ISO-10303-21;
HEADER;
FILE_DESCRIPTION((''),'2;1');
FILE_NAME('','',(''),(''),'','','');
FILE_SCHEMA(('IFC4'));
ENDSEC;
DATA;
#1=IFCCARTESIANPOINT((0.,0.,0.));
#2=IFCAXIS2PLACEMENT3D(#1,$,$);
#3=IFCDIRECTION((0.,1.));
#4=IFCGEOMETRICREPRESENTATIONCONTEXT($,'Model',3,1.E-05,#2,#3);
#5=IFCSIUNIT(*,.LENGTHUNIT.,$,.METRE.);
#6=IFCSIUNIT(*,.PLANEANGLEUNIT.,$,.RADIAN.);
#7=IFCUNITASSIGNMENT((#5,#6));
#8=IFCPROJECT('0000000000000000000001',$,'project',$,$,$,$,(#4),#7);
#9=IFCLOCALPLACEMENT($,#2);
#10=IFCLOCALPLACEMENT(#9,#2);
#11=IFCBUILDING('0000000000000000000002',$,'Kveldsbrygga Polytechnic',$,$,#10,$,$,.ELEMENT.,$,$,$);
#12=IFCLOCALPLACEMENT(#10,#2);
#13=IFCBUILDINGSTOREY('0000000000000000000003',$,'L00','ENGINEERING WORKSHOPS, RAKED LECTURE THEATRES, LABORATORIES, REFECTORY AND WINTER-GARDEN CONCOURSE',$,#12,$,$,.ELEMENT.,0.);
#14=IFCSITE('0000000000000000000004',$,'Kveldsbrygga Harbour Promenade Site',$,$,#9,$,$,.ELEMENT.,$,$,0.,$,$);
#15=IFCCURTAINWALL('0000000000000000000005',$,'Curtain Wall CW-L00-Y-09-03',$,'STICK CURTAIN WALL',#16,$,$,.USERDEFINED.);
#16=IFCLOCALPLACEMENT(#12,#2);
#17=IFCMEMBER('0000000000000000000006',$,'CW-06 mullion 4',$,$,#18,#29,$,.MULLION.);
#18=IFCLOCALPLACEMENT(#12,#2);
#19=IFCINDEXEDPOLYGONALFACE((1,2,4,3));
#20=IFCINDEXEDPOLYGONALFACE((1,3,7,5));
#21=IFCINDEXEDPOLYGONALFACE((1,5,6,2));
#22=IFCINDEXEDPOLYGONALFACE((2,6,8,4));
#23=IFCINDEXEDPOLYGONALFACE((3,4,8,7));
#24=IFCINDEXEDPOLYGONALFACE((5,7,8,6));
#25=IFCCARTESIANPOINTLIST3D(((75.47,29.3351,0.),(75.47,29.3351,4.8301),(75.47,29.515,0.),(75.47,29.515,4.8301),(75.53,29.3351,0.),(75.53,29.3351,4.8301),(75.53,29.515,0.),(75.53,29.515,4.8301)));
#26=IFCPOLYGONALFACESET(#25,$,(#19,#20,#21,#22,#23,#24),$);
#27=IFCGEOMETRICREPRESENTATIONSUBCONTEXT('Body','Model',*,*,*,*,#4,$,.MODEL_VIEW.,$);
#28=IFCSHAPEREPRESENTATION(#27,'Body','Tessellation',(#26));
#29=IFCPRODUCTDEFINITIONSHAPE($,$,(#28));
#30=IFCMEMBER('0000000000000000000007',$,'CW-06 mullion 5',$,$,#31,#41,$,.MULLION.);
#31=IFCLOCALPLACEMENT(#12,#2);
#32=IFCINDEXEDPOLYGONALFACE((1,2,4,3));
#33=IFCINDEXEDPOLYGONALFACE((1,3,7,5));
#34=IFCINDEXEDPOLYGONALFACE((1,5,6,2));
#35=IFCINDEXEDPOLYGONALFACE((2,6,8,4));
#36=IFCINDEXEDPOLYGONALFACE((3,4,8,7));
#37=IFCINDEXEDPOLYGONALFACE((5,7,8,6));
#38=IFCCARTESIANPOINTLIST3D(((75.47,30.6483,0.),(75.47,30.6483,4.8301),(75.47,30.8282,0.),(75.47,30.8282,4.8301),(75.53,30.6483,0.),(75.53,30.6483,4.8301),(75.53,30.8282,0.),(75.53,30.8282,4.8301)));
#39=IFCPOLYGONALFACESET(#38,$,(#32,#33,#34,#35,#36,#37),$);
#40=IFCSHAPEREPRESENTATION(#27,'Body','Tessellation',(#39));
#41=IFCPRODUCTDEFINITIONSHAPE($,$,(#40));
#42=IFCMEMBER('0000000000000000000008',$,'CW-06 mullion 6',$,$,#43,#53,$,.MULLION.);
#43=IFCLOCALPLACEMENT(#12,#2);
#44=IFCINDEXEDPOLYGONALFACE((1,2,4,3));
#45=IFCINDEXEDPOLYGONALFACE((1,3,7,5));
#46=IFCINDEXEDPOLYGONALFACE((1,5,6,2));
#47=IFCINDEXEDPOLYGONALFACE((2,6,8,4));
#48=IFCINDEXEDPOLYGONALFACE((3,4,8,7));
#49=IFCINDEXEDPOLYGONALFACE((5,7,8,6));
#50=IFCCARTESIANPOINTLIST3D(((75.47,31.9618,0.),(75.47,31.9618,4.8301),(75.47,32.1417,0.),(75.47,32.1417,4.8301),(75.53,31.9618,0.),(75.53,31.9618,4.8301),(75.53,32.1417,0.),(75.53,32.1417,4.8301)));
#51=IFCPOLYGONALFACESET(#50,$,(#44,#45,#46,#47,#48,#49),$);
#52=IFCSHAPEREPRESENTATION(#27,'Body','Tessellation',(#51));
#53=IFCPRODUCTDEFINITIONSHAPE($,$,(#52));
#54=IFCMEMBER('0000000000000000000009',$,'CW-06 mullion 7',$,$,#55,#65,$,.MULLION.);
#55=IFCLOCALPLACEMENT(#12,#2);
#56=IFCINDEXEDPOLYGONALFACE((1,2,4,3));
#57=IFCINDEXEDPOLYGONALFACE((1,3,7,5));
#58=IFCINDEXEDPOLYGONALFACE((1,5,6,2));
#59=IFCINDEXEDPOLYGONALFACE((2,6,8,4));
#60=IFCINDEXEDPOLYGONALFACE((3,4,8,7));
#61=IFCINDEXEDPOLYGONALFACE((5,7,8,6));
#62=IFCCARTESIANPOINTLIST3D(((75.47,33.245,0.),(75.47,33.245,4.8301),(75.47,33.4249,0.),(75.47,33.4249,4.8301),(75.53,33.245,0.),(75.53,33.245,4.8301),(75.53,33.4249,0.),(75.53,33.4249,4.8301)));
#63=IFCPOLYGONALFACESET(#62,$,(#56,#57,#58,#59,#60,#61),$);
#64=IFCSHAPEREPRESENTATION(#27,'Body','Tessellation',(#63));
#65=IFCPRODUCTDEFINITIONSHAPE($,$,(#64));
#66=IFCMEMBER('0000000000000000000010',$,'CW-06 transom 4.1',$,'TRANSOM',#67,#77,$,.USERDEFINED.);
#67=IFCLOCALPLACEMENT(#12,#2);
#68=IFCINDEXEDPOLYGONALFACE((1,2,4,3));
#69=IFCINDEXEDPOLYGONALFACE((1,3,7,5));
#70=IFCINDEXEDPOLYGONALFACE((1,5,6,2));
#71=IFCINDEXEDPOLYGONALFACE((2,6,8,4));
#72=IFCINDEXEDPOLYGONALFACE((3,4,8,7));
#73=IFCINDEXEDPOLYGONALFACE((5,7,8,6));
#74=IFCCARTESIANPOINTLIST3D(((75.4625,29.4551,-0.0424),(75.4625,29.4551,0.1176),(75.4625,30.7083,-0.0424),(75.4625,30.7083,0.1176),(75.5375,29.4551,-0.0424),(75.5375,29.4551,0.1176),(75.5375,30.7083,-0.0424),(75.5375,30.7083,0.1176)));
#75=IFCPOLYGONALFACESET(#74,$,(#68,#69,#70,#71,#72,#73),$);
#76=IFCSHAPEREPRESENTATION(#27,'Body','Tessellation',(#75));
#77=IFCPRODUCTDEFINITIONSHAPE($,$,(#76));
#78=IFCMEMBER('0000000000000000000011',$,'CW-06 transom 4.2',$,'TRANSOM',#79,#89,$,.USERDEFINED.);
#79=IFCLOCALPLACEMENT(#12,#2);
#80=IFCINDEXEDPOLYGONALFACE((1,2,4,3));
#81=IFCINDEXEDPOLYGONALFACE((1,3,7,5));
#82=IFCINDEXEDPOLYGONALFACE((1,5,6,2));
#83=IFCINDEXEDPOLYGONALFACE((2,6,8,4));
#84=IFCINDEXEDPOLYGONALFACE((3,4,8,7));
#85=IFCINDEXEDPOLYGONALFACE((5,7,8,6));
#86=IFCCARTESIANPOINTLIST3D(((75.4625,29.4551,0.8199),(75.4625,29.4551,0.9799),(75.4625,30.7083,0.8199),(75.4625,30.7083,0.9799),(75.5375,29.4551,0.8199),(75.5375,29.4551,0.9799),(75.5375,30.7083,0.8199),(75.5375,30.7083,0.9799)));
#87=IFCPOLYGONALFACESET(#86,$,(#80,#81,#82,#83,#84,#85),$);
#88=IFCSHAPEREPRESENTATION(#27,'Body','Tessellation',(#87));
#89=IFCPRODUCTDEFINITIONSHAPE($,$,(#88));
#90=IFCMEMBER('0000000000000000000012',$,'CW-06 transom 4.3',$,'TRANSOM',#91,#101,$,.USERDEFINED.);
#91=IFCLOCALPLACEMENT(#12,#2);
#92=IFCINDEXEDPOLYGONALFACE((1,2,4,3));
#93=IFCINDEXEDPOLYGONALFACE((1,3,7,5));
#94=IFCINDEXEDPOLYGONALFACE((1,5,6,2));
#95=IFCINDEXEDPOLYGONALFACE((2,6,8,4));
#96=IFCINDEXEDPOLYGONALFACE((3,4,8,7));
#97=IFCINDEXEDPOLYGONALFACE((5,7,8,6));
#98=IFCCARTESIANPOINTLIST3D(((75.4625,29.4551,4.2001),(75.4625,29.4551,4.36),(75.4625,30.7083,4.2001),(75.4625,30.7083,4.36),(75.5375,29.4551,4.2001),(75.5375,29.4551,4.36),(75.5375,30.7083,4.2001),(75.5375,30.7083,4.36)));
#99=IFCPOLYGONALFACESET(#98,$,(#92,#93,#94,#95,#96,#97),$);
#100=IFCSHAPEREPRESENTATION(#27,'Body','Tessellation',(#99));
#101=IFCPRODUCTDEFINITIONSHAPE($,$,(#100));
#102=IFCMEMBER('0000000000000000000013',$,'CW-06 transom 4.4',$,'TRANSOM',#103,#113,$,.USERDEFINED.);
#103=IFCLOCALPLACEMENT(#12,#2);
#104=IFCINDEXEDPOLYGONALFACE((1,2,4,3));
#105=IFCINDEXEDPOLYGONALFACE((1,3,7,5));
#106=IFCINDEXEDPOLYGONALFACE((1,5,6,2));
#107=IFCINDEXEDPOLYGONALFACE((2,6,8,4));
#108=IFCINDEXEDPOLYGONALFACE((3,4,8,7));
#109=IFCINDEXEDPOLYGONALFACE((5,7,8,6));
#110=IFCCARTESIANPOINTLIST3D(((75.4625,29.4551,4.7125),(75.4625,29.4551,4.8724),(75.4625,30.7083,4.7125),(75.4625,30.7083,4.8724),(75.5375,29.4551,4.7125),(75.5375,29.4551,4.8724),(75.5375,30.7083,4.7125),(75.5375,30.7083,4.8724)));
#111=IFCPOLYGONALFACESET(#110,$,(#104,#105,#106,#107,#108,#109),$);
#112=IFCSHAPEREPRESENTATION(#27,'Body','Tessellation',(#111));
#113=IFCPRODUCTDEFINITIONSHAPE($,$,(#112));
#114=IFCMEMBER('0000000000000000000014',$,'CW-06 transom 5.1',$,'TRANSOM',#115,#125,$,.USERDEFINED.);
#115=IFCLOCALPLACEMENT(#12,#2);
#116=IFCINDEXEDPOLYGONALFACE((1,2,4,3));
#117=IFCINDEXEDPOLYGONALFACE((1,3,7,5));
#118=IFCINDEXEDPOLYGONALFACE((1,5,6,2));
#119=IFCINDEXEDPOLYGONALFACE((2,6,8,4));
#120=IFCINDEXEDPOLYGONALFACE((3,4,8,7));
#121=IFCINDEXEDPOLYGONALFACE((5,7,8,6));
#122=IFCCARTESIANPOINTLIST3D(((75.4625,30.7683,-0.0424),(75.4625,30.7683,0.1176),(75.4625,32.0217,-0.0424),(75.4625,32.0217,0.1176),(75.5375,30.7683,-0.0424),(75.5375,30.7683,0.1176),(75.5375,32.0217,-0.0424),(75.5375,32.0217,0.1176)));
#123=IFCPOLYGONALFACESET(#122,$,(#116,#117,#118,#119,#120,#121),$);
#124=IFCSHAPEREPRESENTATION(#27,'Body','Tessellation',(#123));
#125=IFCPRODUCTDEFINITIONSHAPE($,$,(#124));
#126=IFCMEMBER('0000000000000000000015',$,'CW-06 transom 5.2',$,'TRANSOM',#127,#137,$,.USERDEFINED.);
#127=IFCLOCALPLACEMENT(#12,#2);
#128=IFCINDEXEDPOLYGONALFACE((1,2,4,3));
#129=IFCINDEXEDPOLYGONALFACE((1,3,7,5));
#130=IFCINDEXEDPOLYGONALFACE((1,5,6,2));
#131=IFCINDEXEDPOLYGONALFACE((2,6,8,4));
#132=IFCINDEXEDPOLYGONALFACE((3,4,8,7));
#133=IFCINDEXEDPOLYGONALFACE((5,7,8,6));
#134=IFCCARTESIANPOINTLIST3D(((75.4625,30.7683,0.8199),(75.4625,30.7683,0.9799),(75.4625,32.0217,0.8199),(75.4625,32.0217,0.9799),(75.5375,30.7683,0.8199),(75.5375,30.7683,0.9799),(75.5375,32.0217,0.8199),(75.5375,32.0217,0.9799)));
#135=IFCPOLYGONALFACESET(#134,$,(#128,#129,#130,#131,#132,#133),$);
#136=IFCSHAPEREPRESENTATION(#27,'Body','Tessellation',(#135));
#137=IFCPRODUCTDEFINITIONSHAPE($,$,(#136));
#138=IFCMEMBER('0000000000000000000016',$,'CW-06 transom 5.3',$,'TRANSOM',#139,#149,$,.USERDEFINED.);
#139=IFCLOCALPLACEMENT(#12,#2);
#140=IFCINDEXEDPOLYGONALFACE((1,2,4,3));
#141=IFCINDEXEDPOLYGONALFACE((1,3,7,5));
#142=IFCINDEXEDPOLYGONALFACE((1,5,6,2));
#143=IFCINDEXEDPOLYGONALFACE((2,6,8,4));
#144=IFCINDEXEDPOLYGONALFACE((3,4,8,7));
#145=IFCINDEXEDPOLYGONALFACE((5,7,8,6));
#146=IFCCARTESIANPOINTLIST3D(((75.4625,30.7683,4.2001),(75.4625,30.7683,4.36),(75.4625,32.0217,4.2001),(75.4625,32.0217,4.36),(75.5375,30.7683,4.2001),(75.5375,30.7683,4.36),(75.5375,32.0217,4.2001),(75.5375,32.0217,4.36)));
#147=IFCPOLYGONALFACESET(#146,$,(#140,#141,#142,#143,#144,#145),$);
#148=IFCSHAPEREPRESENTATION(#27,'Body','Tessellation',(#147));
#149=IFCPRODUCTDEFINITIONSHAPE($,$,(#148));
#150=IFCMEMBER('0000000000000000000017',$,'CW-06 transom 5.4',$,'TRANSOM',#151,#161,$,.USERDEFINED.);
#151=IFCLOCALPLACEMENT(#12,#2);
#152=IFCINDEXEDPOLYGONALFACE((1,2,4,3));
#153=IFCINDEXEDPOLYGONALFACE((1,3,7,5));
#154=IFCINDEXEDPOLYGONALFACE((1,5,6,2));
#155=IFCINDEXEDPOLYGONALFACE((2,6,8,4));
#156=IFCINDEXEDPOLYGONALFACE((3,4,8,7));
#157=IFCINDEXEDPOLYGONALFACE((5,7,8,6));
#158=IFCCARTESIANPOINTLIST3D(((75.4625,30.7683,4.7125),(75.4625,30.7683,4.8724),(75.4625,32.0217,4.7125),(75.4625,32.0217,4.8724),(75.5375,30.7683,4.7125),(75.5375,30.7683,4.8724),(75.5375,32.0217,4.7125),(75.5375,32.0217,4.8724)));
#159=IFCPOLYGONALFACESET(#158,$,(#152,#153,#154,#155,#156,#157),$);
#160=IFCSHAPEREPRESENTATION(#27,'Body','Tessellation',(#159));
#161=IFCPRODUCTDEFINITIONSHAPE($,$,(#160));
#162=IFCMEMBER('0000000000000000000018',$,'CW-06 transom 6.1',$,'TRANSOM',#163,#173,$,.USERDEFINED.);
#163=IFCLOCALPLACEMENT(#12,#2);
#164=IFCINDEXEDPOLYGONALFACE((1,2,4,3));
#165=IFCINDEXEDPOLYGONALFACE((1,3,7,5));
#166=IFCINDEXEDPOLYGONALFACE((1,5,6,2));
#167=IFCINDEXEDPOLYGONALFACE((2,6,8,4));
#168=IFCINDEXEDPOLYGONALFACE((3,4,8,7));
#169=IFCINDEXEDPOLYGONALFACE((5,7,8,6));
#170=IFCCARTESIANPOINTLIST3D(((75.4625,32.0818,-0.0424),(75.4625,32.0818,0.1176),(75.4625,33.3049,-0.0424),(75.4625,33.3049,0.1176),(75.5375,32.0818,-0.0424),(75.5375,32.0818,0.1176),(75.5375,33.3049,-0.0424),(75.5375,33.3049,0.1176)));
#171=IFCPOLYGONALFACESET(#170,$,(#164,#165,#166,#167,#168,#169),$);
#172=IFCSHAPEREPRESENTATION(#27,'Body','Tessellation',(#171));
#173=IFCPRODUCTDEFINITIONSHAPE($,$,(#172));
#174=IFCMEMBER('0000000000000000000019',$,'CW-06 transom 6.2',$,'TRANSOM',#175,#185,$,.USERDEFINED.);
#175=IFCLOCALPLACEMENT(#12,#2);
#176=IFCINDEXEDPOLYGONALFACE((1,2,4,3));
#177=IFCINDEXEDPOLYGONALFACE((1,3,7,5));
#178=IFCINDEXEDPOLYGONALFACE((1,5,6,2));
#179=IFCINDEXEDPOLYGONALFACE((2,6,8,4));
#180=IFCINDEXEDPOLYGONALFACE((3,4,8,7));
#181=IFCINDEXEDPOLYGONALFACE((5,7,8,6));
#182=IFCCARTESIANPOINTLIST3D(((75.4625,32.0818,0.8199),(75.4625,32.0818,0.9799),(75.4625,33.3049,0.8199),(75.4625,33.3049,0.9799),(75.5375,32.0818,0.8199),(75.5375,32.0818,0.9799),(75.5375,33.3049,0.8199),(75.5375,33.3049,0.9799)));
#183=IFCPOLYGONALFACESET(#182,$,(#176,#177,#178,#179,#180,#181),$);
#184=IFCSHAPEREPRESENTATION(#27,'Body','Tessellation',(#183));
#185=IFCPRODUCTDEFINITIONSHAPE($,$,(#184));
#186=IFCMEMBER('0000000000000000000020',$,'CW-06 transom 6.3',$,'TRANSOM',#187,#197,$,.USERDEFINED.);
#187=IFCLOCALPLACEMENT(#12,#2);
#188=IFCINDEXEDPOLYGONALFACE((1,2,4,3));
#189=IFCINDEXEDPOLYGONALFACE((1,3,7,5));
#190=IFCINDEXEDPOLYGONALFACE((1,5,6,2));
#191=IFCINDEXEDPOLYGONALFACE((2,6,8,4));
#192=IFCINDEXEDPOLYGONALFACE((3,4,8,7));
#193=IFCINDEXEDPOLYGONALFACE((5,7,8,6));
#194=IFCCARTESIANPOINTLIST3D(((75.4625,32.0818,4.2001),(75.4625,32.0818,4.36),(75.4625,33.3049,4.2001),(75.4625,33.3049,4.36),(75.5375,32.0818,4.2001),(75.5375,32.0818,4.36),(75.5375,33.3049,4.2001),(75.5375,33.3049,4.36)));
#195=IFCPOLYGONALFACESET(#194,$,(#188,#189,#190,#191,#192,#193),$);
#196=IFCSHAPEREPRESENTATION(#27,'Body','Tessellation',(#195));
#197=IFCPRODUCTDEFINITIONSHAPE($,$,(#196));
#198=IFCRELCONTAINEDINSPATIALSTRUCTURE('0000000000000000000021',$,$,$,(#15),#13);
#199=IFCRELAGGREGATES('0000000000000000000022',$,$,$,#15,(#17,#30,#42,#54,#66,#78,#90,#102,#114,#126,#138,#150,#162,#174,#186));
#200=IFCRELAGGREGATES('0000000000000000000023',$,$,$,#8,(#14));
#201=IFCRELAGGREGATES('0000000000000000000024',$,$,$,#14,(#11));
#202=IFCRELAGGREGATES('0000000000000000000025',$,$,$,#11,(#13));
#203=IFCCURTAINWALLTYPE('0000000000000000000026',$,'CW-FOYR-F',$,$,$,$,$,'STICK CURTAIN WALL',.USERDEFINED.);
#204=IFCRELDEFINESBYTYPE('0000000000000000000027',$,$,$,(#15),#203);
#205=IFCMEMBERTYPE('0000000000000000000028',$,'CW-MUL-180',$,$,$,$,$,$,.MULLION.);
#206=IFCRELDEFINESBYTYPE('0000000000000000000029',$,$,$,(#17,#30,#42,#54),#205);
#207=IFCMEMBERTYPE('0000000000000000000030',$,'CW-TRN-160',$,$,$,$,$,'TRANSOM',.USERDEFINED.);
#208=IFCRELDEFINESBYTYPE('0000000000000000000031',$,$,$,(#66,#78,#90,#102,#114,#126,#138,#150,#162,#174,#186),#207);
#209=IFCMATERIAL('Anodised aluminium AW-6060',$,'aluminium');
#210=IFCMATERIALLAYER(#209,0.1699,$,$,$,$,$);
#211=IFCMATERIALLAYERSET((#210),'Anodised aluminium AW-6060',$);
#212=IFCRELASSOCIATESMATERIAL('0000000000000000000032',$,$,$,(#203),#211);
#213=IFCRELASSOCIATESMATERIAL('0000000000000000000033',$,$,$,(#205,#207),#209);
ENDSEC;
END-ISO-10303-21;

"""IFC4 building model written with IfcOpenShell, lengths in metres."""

from ifc_helpers import new_model, si_unit, direction, frame, origin, origin_2d, place, context, subcontext, project, spatial, rectangle, extrude, material, layer, layer_set, material_profile, profile_set, type_object, element, aggregate, save


model = new_model("IFC4")

# Units and contexts
model_context = context("Model", 3, precision=1e-05, world=origin(), true_north=direction((0.0, 1.0)))
body_context = subcontext(model_context, "Body", "Model", "MODEL_VIEW")
ifc_project = project(units=[si_unit("LENGTHUNIT", "METRE"), si_unit("PLANEANGLEUNIT", "RADIAN")], contexts=[model_context])

# Site, building, storey
site_placement = place(None, origin())
site = spatial("IfcSite", under=ifc_project, at=site_placement, Name="Kveldsbrygga Harbour Promenade Site", CompositionType="ELEMENT", RefElevation=0.0)
building_placement = place(site_placement, origin())
building = spatial("IfcBuilding", under=site, at=building_placement, Name="Kveldsbrygga Polytechnic", CompositionType="ELEMENT")
storey_placement = place(building_placement, origin())
storey = spatial("IfcBuildingStorey", under=building, at=storey_placement, Name="L00", Description="ENGINEERING WORKSHOPS, RAKED LECTURE THEATRES, LABORATORIES, REFECTORY AND WINTER-GARDEN CONCOURSE", CompositionType="ELEMENT", Elevation=0.0)

# Curtain wall, members
ifc_material_1 = material(Name="Anodised aluminium AW-6060", Category="aluminium")
ifc_layer_1 = layer(ifc_material_1, 0.1699)
ifc_layer_set_1 = layer_set([ifc_layer_1], Name="Anodised aluminium AW-6060")
curtain_wall_type = type_object("IfcCurtainWallType", Name="CW-FOYR-F", ElementType="STICK CURTAIN WALL", PredefinedType="USERDEFINED", material=ifc_layer_set_1)
curtain_wall_placement = place(storey_placement, origin())
curtain_wall = element("IfcCurtainWall", 1, at=curtain_wall_placement, inside=storey, type_object=curtain_wall_type, Name="Curtain Wall CW-L00-Y-09-03", ObjectType="STICK CURTAIN WALL", PredefinedType="USERDEFINED")
ifc_material_profile_1 = material_profile(ifc_material_1, rectangle(XDim=0.0601, YDim=0.1799, at=origin_2d()), Name="ALU 60x180")
ifc_profile_set_1 = profile_set([ifc_material_profile_1], Name="Anodised aluminium AW-6060")
member_type_1 = type_object("IfcMemberType", Name="CW-MUL-180", PredefinedType="MULLION", material=ifc_profile_set_1)
member_1_placement = place(storey_placement, frame((75.5, 29.425, 0.0), z_axis=(0.0, 0.0, 1.0), x_axis=(-1.0, 0.0, 0.0)))
member_1 = element("IfcMember", 2, at=member_1_placement, type_object=member_type_1, Name="CW-06 mullion 4", PredefinedType="MULLION", context=body_context, shape_type="SweptSolid", body=[
    extrude(rectangle(XDim=0.0601, YDim=0.1799, at=origin_2d()), origin(), (0.0, 0.0, 1.0), 4.8301),
])
member_2_placement = place(storey_placement, frame((75.5, 30.7383, 0.0), z_axis=(0.0, 0.0, 1.0), x_axis=(-1.0, 0.0, 0.0)))
member_2 = element("IfcMember", 3, at=member_2_placement, type_object=member_type_1, Name="CW-06 mullion 5", PredefinedType="MULLION", context=body_context, shape_type="SweptSolid", body=[
    extrude(rectangle(XDim=0.0601, YDim=0.1799, at=origin_2d()), origin(), (0.0, 0.0, 1.0), 4.8301),
])
member_3_placement = place(storey_placement, frame((75.5, 32.0518, 0.0), z_axis=(0.0, 0.0, 1.0), x_axis=(-1.0, 0.0, 0.0)))
member_3 = element("IfcMember", 4, at=member_3_placement, type_object=member_type_1, Name="CW-06 mullion 6", PredefinedType="MULLION", context=body_context, shape_type="SweptSolid", body=[
    extrude(rectangle(XDim=0.0601, YDim=0.1799, at=origin_2d()), origin(), (0.0, 0.0, 1.0), 4.8301),
])
member_4_placement = place(storey_placement, frame((75.5, 33.335, 0.0), z_axis=(0.0, 0.0, 1.0), x_axis=(-1.0, 0.0, 0.0)))
member_4 = element("IfcMember", 5, at=member_4_placement, type_object=member_type_1, Name="CW-06 mullion 7", PredefinedType="MULLION", context=body_context, shape_type="SweptSolid", body=[
    extrude(rectangle(XDim=0.0601, YDim=0.1799, at=origin_2d()), origin(), (0.0, 0.0, 1.0), 4.8301),
])
ifc_material_profile_2 = material_profile(ifc_material_1, rectangle(XDim=0.075, YDim=0.1599, at=origin_2d()), Name="ALU 75x160")
ifc_profile_set_2 = profile_set([ifc_material_profile_2], Name="Anodised aluminium AW-6060")
member_type_2 = type_object("IfcMemberType", Name="CW-TRN-160", ElementType="TRANSOM", PredefinedType="USERDEFINED", material=ifc_profile_set_2)
member_5_placement = place(storey_placement, frame((75.5, 29.4551, 0.0376), z_axis=(0.0, 1.0, 0.0), x_axis=(-1.0, 0.0, 0.0)))
member_5 = element("IfcMember", 6, at=member_5_placement, type_object=member_type_2, Name="CW-06 transom 4.1", ObjectType="TRANSOM", PredefinedType="USERDEFINED", context=body_context, shape_type="SweptSolid", body=[
    extrude(rectangle(XDim=0.075, YDim=0.1599, at=origin_2d()), origin(), (0.0, 0.0, 1.0), 1.2532),
])
member_6_placement = place(storey_placement, frame((75.5, 29.4551, 0.8999), z_axis=(0.0, 1.0, 0.0), x_axis=(-1.0, 0.0, 0.0)))
member_6 = element("IfcMember", 7, at=member_6_placement, type_object=member_type_2, Name="CW-06 transom 4.2", ObjectType="TRANSOM", PredefinedType="USERDEFINED", context=body_context, shape_type="SweptSolid", body=[
    extrude(rectangle(XDim=0.075, YDim=0.1599, at=origin_2d()), origin(), (0.0, 0.0, 1.0), 1.2532),
])
member_7_placement = place(storey_placement, frame((75.5, 29.4551, 4.28), z_axis=(0.0, 1.0, 0.0), x_axis=(-1.0, 0.0, 0.0)))
member_7 = element("IfcMember", 8, at=member_7_placement, type_object=member_type_2, Name="CW-06 transom 4.3", ObjectType="TRANSOM", PredefinedType="USERDEFINED", context=body_context, shape_type="SweptSolid", body=[
    extrude(rectangle(XDim=0.075, YDim=0.1599, at=origin_2d()), origin(), (0.0, 0.0, 1.0), 1.2532),
])
member_8_placement = place(storey_placement, frame((75.5, 29.4551, 4.7925), z_axis=(0.0, 1.0, 0.0), x_axis=(-1.0, 0.0, 0.0)))
member_8 = element("IfcMember", 9, at=member_8_placement, type_object=member_type_2, Name="CW-06 transom 4.4", ObjectType="TRANSOM", PredefinedType="USERDEFINED", context=body_context, shape_type="SweptSolid", body=[
    extrude(rectangle(XDim=0.075, YDim=0.1599, at=origin_2d()), origin(), (0.0, 0.0, 1.0), 1.2532),
])
member_9_placement = place(storey_placement, frame((75.5, 30.7683, 0.0376), z_axis=(0.0, 1.0, 0.0), x_axis=(-1.0, 0.0, 0.0)))
member_9 = element("IfcMember", 10, at=member_9_placement, type_object=member_type_2, Name="CW-06 transom 5.1", ObjectType="TRANSOM", PredefinedType="USERDEFINED", context=body_context, shape_type="SweptSolid", body=[
    extrude(rectangle(XDim=0.075, YDim=0.1599, at=origin_2d()), origin(), (0.0, 0.0, 1.0), 1.2534),
])
member_10_placement = place(storey_placement, frame((75.5, 30.7683, 0.8999), z_axis=(0.0, 1.0, 0.0), x_axis=(-1.0, 0.0, 0.0)))
member_10 = element("IfcMember", 11, at=member_10_placement, type_object=member_type_2, Name="CW-06 transom 5.2", ObjectType="TRANSOM", PredefinedType="USERDEFINED", context=body_context, shape_type="SweptSolid", body=[
    extrude(rectangle(XDim=0.075, YDim=0.1599, at=origin_2d()), origin(), (0.0, 0.0, 1.0), 1.2534),
])
member_11_placement = place(storey_placement, frame((75.5, 30.7683, 4.28), z_axis=(0.0, 1.0, 0.0), x_axis=(-1.0, 0.0, 0.0)))
member_11 = element("IfcMember", 12, at=member_11_placement, type_object=member_type_2, Name="CW-06 transom 5.3", ObjectType="TRANSOM", PredefinedType="USERDEFINED", context=body_context, shape_type="SweptSolid", body=[
    extrude(rectangle(XDim=0.075, YDim=0.1599, at=origin_2d()), origin(), (0.0, 0.0, 1.0), 1.2534),
])
member_12_placement = place(storey_placement, frame((75.5, 30.7683, 4.7925), z_axis=(0.0, 1.0, 0.0), x_axis=(-1.0, 0.0, 0.0)))
member_12 = element("IfcMember", 13, at=member_12_placement, type_object=member_type_2, Name="CW-06 transom 5.4", ObjectType="TRANSOM", PredefinedType="USERDEFINED", context=body_context, shape_type="SweptSolid", body=[
    extrude(rectangle(XDim=0.075, YDim=0.1599, at=origin_2d()), origin(), (0.0, 0.0, 1.0), 1.2534),
])
member_13_placement = place(storey_placement, frame((75.5, 32.0818, 0.0376), z_axis=(0.0, 1.0, 0.0), x_axis=(-1.0, 0.0, 0.0)))
member_13 = element("IfcMember", 14, at=member_13_placement, type_object=member_type_2, Name="CW-06 transom 6.1", ObjectType="TRANSOM", PredefinedType="USERDEFINED", context=body_context, shape_type="SweptSolid", body=[
    extrude(rectangle(XDim=0.075, YDim=0.1599, at=origin_2d()), origin(), (0.0, 0.0, 1.0), 1.2231),
])
member_14_placement = place(storey_placement, frame((75.5, 32.0818, 0.8999), z_axis=(0.0, 1.0, 0.0), x_axis=(-1.0, 0.0, 0.0)))
member_14 = element("IfcMember", 15, at=member_14_placement, type_object=member_type_2, Name="CW-06 transom 6.2", ObjectType="TRANSOM", PredefinedType="USERDEFINED", context=body_context, shape_type="SweptSolid", body=[
    extrude(rectangle(XDim=0.075, YDim=0.1599, at=origin_2d()), origin(), (0.0, 0.0, 1.0), 1.2231),
])
member_15_placement = place(storey_placement, frame((75.5, 32.0818, 4.28), z_axis=(0.0, 1.0, 0.0), x_axis=(-1.0, 0.0, 0.0)))
member_15 = element("IfcMember", 16, at=member_15_placement, type_object=member_type_2, Name="CW-06 transom 6.3", ObjectType="TRANSOM", PredefinedType="USERDEFINED", context=body_context, shape_type="SweptSolid", body=[
    extrude(rectangle(XDim=0.075, YDim=0.1599, at=origin_2d()), origin(), (0.0, 0.0, 1.0), 1.2231),
])

aggregate(curtain_wall, [member_1, member_2, member_3, member_4, member_5, member_6, member_7, member_8, member_9, member_10, member_11, member_12, member_13, member_14, member_15])

save(model, "model.ifc")
